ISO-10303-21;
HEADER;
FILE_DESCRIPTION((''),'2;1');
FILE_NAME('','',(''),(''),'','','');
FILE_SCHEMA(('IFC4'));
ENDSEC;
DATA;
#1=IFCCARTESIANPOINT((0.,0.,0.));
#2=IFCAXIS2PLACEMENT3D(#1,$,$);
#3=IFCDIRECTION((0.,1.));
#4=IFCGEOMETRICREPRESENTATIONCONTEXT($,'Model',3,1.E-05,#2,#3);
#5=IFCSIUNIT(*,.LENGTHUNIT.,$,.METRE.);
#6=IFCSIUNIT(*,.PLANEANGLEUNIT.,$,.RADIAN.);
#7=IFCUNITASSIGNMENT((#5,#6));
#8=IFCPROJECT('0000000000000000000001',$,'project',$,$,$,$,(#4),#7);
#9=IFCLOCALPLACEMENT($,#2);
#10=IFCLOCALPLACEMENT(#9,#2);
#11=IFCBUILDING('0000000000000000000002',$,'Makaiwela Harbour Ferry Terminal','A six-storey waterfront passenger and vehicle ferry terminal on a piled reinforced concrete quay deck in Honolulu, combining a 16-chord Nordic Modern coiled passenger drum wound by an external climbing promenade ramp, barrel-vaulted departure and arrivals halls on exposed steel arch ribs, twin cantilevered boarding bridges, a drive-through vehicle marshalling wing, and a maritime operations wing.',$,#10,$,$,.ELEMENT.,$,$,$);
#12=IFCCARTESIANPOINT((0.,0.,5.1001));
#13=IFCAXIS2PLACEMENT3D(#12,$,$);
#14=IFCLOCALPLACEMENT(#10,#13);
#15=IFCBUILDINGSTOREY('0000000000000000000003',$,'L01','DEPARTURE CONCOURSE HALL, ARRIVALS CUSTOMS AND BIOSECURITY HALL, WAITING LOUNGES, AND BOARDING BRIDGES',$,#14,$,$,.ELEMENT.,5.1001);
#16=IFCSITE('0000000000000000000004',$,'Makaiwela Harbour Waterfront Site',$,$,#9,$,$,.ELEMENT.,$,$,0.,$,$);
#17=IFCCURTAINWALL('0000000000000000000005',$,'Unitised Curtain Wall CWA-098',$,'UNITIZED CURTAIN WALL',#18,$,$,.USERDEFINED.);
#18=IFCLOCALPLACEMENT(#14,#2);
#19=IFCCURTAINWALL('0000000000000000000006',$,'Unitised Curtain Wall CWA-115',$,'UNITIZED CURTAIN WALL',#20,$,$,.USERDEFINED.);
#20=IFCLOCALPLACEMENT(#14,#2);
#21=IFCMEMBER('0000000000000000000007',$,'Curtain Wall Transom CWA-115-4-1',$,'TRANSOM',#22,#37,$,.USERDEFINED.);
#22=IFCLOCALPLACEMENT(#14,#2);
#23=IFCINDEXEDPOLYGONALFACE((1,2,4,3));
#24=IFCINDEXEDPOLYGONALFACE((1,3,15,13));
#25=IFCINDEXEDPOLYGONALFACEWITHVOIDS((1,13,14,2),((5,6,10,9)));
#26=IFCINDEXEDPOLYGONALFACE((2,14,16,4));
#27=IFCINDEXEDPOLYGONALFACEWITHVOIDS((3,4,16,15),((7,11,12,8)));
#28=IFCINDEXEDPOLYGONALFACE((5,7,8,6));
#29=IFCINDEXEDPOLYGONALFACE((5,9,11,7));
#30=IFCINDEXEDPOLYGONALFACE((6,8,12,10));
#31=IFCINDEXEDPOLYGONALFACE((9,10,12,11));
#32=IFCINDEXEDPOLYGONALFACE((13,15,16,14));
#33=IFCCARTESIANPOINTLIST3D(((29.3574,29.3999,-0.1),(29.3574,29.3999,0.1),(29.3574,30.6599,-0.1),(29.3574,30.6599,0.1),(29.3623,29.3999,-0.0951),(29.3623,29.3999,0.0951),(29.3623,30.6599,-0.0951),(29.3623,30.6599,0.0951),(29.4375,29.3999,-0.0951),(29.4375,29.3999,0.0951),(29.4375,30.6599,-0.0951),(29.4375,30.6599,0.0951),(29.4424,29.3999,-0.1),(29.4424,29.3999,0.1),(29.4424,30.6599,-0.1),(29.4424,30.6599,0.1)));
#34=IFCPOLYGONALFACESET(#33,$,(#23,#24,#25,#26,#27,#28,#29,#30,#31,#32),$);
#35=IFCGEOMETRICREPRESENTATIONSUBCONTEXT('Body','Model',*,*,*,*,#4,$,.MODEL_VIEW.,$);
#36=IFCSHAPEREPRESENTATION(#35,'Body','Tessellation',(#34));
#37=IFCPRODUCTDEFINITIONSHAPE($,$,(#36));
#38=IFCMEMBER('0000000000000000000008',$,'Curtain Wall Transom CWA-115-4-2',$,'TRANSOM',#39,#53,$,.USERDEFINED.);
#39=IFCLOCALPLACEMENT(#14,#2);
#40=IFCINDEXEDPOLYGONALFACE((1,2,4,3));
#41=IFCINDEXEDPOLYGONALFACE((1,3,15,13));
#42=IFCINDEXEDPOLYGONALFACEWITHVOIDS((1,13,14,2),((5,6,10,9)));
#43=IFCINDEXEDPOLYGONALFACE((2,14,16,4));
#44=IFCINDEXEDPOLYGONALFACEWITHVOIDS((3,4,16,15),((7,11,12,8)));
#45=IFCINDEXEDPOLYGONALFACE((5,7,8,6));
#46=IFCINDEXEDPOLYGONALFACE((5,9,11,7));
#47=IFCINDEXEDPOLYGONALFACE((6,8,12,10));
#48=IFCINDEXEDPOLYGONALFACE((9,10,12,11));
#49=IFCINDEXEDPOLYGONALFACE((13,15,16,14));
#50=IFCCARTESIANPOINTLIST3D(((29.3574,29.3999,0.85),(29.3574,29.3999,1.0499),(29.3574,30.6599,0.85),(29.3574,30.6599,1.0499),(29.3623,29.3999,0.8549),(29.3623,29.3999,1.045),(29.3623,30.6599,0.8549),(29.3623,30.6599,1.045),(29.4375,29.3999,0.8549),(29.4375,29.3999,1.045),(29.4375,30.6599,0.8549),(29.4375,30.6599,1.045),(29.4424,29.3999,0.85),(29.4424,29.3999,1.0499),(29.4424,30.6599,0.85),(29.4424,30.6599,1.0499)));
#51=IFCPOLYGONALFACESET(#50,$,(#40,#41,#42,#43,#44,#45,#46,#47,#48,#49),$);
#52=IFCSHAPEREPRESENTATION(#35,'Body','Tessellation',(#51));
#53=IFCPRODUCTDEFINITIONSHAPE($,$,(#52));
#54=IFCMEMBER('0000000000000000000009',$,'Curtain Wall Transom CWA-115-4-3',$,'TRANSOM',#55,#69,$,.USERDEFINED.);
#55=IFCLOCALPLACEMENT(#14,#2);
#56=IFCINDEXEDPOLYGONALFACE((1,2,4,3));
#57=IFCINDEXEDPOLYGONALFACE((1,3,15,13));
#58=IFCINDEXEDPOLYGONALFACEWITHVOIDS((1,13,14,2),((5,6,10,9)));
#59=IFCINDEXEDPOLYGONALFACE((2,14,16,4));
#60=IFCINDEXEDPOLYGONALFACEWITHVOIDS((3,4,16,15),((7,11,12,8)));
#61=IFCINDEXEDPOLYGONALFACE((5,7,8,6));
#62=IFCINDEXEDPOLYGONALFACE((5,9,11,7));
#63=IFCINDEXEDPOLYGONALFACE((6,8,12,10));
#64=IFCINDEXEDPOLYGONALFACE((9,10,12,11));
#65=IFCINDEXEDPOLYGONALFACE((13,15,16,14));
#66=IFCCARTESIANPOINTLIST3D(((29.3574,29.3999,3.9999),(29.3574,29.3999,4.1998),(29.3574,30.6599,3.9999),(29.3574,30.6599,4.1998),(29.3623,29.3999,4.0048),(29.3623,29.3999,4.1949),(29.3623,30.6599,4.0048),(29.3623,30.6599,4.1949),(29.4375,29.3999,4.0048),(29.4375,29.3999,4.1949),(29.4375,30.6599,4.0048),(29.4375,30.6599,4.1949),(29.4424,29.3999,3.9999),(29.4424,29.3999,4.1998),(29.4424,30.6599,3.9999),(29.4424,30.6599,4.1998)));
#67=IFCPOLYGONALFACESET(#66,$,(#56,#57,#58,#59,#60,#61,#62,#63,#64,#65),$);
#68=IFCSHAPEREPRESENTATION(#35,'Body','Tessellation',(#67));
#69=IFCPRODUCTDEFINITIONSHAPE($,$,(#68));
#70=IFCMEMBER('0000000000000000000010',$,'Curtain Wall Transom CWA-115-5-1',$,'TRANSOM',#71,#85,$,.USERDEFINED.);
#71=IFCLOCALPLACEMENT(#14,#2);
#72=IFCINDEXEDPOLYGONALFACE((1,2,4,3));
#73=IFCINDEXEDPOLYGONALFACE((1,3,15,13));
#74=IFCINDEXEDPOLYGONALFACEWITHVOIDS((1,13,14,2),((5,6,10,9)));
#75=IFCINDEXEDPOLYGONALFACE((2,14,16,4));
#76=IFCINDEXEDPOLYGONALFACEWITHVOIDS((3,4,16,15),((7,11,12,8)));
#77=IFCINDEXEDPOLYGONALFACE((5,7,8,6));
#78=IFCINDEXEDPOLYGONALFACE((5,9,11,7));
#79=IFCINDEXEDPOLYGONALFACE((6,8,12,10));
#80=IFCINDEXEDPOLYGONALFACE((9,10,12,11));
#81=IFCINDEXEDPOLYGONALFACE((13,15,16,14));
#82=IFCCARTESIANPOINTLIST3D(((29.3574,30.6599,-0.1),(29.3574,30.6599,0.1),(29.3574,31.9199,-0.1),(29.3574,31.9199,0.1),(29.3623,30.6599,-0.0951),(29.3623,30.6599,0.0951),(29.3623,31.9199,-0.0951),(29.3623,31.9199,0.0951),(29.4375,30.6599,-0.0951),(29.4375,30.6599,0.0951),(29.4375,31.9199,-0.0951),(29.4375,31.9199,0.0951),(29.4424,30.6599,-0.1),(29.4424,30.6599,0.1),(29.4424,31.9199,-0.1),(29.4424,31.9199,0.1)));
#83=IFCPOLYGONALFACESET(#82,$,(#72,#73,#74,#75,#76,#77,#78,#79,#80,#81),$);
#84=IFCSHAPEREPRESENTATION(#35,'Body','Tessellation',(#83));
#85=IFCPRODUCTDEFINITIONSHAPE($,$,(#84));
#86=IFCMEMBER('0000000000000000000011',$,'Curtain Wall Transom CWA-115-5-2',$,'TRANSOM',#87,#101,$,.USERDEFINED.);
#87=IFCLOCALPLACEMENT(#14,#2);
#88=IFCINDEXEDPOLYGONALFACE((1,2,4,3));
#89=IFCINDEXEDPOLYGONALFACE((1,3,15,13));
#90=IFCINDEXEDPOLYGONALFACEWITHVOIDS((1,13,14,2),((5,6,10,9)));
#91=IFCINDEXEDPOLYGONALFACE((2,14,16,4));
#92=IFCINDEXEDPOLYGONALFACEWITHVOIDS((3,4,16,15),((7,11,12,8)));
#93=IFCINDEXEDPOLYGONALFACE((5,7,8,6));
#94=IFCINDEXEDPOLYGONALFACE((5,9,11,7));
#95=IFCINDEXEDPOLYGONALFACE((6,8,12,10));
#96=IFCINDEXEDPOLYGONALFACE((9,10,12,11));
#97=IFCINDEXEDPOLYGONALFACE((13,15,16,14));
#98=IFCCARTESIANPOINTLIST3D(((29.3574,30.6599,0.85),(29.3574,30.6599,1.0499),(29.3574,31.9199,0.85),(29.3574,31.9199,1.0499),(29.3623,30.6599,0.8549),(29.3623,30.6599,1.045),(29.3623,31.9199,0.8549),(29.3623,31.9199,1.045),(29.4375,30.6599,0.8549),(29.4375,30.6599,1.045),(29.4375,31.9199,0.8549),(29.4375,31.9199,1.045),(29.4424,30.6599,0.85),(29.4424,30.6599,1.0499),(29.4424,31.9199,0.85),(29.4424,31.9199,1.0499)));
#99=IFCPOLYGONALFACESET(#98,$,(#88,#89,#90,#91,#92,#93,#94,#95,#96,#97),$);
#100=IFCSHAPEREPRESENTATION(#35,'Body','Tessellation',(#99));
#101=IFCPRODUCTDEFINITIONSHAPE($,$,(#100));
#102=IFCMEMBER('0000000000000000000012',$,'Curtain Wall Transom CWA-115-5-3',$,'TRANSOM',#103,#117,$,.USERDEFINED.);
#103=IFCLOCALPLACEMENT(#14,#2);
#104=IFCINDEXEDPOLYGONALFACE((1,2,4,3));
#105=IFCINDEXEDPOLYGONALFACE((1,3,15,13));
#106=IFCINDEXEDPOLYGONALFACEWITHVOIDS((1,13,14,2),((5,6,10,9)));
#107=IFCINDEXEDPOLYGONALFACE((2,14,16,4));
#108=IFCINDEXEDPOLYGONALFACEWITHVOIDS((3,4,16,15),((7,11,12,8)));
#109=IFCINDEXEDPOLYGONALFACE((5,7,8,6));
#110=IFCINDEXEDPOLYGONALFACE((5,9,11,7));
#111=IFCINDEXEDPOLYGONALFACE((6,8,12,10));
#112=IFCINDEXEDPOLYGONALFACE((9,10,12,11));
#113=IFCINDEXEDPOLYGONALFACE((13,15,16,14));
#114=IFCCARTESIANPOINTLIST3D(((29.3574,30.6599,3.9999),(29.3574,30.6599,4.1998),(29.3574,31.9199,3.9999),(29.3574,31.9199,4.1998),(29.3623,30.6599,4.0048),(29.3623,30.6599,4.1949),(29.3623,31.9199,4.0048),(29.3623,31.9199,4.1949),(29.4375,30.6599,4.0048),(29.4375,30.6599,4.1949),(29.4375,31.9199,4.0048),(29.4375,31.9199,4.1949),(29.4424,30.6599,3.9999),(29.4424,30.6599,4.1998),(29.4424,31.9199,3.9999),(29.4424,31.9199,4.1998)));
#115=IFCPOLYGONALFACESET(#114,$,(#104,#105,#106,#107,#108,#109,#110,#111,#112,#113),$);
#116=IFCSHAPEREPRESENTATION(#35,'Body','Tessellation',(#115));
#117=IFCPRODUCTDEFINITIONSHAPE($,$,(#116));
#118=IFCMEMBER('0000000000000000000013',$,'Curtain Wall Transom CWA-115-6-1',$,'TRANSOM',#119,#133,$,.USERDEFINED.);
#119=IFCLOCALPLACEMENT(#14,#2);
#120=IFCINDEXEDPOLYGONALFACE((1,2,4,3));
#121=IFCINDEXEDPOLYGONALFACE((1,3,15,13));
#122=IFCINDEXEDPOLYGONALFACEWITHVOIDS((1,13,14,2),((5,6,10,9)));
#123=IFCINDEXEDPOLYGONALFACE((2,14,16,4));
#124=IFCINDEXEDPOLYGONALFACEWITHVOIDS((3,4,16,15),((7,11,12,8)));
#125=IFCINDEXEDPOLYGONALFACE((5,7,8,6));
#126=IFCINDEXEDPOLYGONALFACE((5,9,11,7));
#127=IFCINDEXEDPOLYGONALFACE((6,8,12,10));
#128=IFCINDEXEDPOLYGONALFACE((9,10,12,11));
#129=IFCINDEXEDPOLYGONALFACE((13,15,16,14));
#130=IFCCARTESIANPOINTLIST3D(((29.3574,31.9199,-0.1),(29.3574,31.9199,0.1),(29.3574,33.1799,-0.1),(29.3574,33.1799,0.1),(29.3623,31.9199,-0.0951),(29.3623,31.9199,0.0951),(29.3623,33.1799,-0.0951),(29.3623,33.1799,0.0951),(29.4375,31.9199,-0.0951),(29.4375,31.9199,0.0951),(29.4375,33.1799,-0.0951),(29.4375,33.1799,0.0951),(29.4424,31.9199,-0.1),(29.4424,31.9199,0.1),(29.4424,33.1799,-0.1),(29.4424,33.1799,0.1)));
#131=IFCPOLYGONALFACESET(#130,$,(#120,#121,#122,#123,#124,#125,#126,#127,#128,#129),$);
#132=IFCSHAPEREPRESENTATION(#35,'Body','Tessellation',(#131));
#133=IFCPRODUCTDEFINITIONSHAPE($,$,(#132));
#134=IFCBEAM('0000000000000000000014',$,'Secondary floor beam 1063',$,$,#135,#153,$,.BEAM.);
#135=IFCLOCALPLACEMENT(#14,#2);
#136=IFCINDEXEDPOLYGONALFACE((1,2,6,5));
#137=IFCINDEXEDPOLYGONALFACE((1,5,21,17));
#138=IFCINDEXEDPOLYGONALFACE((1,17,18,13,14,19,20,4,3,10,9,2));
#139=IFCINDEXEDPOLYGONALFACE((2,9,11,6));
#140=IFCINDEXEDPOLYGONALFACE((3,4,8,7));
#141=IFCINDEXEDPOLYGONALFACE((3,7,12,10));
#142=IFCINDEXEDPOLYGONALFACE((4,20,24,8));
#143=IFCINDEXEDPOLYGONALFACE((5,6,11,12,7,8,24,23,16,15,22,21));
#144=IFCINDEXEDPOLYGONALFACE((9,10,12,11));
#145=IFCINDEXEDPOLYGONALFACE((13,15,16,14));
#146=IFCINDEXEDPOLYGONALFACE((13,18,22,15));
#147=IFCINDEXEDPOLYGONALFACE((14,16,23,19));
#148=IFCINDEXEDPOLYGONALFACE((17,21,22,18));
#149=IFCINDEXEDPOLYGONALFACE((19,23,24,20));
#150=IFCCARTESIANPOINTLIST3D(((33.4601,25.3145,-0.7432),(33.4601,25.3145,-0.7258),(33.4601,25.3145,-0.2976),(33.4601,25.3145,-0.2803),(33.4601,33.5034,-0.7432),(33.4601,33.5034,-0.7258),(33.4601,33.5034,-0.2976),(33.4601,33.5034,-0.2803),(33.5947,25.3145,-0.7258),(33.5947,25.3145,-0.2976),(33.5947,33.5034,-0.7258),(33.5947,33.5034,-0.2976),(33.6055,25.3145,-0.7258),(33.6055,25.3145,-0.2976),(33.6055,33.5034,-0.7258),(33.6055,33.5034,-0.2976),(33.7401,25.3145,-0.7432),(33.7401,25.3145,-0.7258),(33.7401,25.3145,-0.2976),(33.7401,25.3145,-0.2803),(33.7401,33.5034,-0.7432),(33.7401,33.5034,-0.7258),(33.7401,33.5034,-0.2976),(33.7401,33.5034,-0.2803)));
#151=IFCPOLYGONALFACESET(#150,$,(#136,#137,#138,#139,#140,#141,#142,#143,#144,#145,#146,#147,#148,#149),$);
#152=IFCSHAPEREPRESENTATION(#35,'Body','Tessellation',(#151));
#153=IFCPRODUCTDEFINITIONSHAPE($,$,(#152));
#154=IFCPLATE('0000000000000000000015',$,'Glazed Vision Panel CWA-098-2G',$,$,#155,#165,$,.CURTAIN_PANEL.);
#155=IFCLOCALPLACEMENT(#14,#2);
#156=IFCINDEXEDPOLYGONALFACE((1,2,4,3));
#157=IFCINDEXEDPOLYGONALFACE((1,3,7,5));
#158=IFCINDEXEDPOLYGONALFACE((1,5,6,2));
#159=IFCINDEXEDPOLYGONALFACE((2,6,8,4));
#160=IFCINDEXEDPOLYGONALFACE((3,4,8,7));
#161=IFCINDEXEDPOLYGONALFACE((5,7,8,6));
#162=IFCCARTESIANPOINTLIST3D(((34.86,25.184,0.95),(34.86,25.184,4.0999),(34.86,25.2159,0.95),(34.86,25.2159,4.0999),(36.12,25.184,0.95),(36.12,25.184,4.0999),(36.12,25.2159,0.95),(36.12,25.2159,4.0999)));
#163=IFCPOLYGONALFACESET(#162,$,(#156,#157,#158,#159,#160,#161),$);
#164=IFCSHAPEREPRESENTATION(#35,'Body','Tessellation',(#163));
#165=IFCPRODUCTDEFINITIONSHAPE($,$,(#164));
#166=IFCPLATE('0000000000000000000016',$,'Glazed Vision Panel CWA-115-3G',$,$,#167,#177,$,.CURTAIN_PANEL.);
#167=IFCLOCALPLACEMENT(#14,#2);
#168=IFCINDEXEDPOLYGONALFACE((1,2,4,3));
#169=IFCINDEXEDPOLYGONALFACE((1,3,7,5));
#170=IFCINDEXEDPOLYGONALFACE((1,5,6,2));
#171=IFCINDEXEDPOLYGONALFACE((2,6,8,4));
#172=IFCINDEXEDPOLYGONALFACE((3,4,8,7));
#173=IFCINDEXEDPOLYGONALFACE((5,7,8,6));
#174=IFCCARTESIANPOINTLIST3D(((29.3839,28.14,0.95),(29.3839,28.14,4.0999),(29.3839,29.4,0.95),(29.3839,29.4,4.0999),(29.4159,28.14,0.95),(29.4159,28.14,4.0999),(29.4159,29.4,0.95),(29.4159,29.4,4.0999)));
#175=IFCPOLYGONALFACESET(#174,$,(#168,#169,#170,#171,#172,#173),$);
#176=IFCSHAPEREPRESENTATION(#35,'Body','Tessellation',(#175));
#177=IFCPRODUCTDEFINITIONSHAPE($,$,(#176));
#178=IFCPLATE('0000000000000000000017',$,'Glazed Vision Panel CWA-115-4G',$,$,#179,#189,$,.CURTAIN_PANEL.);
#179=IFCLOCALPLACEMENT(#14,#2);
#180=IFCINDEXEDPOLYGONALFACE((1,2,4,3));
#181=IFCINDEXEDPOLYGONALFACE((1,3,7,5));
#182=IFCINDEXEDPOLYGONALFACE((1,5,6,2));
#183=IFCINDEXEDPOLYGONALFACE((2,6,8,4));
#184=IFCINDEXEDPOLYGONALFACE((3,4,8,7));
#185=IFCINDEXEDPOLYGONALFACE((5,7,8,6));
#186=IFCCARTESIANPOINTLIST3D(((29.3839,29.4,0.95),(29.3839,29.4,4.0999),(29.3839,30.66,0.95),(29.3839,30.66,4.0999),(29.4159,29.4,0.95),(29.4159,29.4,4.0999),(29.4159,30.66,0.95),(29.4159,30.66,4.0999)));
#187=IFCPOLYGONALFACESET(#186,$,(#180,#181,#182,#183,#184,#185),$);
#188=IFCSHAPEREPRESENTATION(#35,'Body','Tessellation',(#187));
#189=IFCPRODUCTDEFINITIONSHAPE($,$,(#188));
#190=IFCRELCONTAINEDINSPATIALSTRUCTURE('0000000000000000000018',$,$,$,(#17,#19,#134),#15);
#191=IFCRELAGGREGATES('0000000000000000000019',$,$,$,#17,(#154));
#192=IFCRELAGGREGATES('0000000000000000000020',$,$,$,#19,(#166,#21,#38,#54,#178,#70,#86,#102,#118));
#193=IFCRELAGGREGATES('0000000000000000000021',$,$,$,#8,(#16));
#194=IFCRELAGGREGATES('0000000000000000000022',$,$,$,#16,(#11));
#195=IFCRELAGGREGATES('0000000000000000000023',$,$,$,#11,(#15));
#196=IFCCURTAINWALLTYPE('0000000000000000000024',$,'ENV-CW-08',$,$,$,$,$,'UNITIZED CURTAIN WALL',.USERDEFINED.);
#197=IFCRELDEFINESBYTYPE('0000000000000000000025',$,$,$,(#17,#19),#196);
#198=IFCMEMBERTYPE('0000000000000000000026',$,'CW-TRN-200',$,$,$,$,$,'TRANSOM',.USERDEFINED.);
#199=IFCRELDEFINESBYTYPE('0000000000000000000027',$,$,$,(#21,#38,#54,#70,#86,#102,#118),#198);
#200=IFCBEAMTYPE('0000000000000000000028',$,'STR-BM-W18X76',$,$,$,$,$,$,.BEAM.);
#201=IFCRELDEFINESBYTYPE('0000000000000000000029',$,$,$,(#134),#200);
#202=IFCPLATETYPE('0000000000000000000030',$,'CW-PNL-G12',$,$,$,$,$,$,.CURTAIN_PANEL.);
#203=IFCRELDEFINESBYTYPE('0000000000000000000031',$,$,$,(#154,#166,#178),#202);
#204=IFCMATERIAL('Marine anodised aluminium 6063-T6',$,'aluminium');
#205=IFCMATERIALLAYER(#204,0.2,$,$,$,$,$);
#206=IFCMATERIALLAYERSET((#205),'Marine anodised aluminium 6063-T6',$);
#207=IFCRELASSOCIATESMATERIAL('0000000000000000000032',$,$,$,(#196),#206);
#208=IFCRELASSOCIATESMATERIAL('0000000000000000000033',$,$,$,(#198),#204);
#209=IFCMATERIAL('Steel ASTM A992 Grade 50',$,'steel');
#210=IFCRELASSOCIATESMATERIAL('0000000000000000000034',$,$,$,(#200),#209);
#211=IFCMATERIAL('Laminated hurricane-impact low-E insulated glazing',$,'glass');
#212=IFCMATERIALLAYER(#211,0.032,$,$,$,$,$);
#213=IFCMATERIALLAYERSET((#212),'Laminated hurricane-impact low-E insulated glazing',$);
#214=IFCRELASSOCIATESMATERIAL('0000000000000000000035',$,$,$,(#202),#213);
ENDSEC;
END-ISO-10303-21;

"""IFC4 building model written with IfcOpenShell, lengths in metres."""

from ifc_helpers import new_model, si_unit, direction, frame, origin, origin_2d, place, context, subcontext, project, spatial, rectangle, hollow_rectangle, i_section, extrude, material, layer, layer_set, material_profile, profile_set, type_object, element, aggregate, save


model = new_model("IFC4")

# Units and contexts
model_context = context("Model", 3, precision=1e-05, world=origin(), true_north=direction((0.0, 1.0)))
body_context = subcontext(model_context, "Body", "Model", "MODEL_VIEW")
ifc_project = project(units=[si_unit("LENGTHUNIT", "METRE"), si_unit("PLANEANGLEUNIT", "RADIAN")], contexts=[model_context])

# Site, building, storey
site_placement = place(None, origin())
site = spatial("IfcSite", under=ifc_project, at=site_placement, Name="Makaiwela Harbour Waterfront Site", CompositionType="ELEMENT", RefElevation=0.0)
building_placement = place(site_placement, origin())
building = spatial("IfcBuilding", under=site, at=building_placement, Name="Makaiwela Harbour Ferry Terminal", Description="A six-storey waterfront passenger and vehicle ferry terminal on a piled reinforced concrete quay deck in Honolulu, combining a 16-chord Nordic Modern coiled passenger drum wound by an external climbing promenade ramp, barrel-vaulted departure and arrivals halls on exposed steel arch ribs, twin cantilevered boarding bridges, a drive-through vehicle marshalling wing, and a maritime operations wing.", CompositionType="ELEMENT")
storey_placement = place(building_placement, frame((0.0, 0.0, 5.1001)))
storey = spatial("IfcBuildingStorey", under=building, at=storey_placement, Name="L01", Description="DEPARTURE CONCOURSE HALL, ARRIVALS CUSTOMS AND BIOSECURITY HALL, WAITING LOUNGES, AND BOARDING BRIDGES", CompositionType="ELEMENT", Elevation=5.1001)

# Curtain wall
ifc_material_1 = material(Name="Marine anodised aluminium 6063-T6", Category="aluminium")
ifc_layer_1 = layer(ifc_material_1, 0.2)
ifc_layer_set_1 = layer_set([ifc_layer_1], Name="Marine anodised aluminium 6063-T6")
curtain_wall_type = type_object("IfcCurtainWallType", Name="ENV-CW-08", ElementType="UNITIZED CURTAIN WALL", PredefinedType="USERDEFINED", material=ifc_layer_set_1)
curtain_wall_1_placement = place(storey_placement, origin())
curtain_wall_1 = element("IfcCurtainWall", 1, at=curtain_wall_1_placement, inside=storey, type_object=curtain_wall_type, Name="Unitised Curtain Wall CWA-098", ObjectType="UNITIZED CURTAIN WALL", PredefinedType="USERDEFINED")

# Curtain wall
curtain_wall_2_placement = place(storey_placement, origin())
curtain_wall_2 = element("IfcCurtainWall", 2, at=curtain_wall_2_placement, inside=storey, type_object=curtain_wall_type, Name="Unitised Curtain Wall CWA-115", ObjectType="UNITIZED CURTAIN WALL", PredefinedType="USERDEFINED")

# Members
ifc_material_profile_1 = material_profile(ifc_material_1, hollow_rectangle(XDim=0.085, YDim=0.2, WallThickness=0.0049, at=origin_2d()), Name="CWT-200X85")
ifc_profile_set_1 = profile_set([ifc_material_profile_1], Name="Marine anodised aluminium 6063-T6")
member_type_1 = type_object("IfcMemberType", Name="CW-TRN-200", ElementType="TRANSOM", PredefinedType="USERDEFINED", material=ifc_profile_set_1)
member_1_placement = place(storey_placement, frame((29.3999, 29.3999, 0.0), z_axis=(0.0, 1.0, 0.0), x_axis=(-1.0, 0.0, 0.0)))
member_1 = element("IfcMember", 3, at=member_1_placement, type_object=member_type_1, Name="Curtain Wall Transom CWA-115-4-1", ObjectType="TRANSOM", PredefinedType="USERDEFINED", context=body_context, shape_type="SweptSolid", body=[
    extrude(hollow_rectangle(XDim=0.085, YDim=0.2, WallThickness=0.0049, at=origin_2d()), origin(), (0.0, 0.0, 1.0), 1.26),
])
member_2_placement = place(storey_placement, frame((29.3999, 29.3999, 0.95), z_axis=(0.0, 1.0, 0.0), x_axis=(-1.0, 0.0, 0.0)))
member_2 = element("IfcMember", 4, at=member_2_placement, type_object=member_type_1, Name="Curtain Wall Transom CWA-115-4-2", ObjectType="TRANSOM", PredefinedType="USERDEFINED", context=body_context, shape_type="SweptSolid", body=[
    extrude(hollow_rectangle(XDim=0.085, YDim=0.2, WallThickness=0.0049, at=origin_2d()), origin(), (0.0, 0.0, 1.0), 1.26),
])
member_3_placement = place(storey_placement, frame((29.3999, 29.3999, 4.0999), z_axis=(0.0, 1.0, 0.0), x_axis=(-1.0, 0.0, 0.0)))
member_3 = element("IfcMember", 5, at=member_3_placement, type_object=member_type_1, Name="Curtain Wall Transom CWA-115-4-3", ObjectType="TRANSOM", PredefinedType="USERDEFINED", context=body_context, shape_type="SweptSolid", body=[
    extrude(hollow_rectangle(XDim=0.085, YDim=0.2, WallThickness=0.0049, at=origin_2d()), origin(), (0.0, 0.0, 1.0), 1.26),
])
member_4_placement = place(storey_placement, frame((29.3999, 30.6599, 0.0), z_axis=(0.0, 1.0, 0.0), x_axis=(-1.0, 0.0, 0.0)))
member_4 = element("IfcMember", 6, at=member_4_placement, type_object=member_type_1, Name="Curtain Wall Transom CWA-115-5-1", ObjectType="TRANSOM", PredefinedType="USERDEFINED", context=body_context, shape_type="SweptSolid", body=[
    extrude(hollow_rectangle(XDim=0.085, YDim=0.2, WallThickness=0.0049, at=origin_2d()), origin(), (0.0, 0.0, 1.0), 1.26),
])
member_5_placement = place(storey_placement, frame((29.3999, 30.6599, 0.95), z_axis=(0.0, 1.0, 0.0), x_axis=(-1.0, 0.0, 0.0)))
member_5 = element("IfcMember", 7, at=member_5_placement, type_object=member_type_1, Name="Curtain Wall Transom CWA-115-5-2", ObjectType="TRANSOM", PredefinedType="USERDEFINED", context=body_context, shape_type="SweptSolid", body=[
    extrude(hollow_rectangle(XDim=0.085, YDim=0.2, WallThickness=0.0049, at=origin_2d()), origin(), (0.0, 0.0, 1.0), 1.26),
])
member_6_placement = place(storey_placement, frame((29.3999, 30.6599, 4.0999), z_axis=(0.0, 1.0, 0.0), x_axis=(-1.0, 0.0, 0.0)))
member_6 = element("IfcMember", 8, at=member_6_placement, type_object=member_type_1, Name="Curtain Wall Transom CWA-115-5-3", ObjectType="TRANSOM", PredefinedType="USERDEFINED", context=body_context, shape_type="SweptSolid", body=[
    extrude(hollow_rectangle(XDim=0.085, YDim=0.2, WallThickness=0.0049, at=origin_2d()), origin(), (0.0, 0.0, 1.0), 1.26),
])
member_7_placement = place(storey_placement, frame((29.3999, 31.9199, 0.0), z_axis=(0.0, 1.0, 0.0), x_axis=(-1.0, 0.0, 0.0)))
member_7 = element("IfcMember", 9, at=member_7_placement, type_object=member_type_1, Name="Curtain Wall Transom CWA-115-6-1", ObjectType="TRANSOM", PredefinedType="USERDEFINED", context=body_context, shape_type="SweptSolid", body=[
    extrude(hollow_rectangle(XDim=0.085, YDim=0.2, WallThickness=0.0049, at=origin_2d()), origin(), (0.0, 0.0, 1.0), 1.26),
])

# Beam
ifc_material_2 = material(Name="Steel ASTM A992 Grade 50", Category="steel")
ifc_material_profile_2 = material_profile(ifc_material_2, i_section(OverallWidth=0.28, OverallDepth=0.4629, WebThickness=0.0107, FlangeThickness=0.0173, at=origin_2d()), Name="W18X76")
ifc_profile_set_2 = profile_set([ifc_material_profile_2], Name="Steel ASTM A992 Grade 50")
beam_type = type_object("IfcBeamType", Name="STR-BM-W18X76", PredefinedType="BEAM", material=ifc_profile_set_2)
beam_placement = place(storey_placement, frame((33.6001, 25.3145, -0.5117), z_axis=(0.0, 1.0, 0.0), x_axis=(-1.0, 0.0, 0.0)))
element("IfcBeam", 10, at=beam_placement, inside=storey, type_object=beam_type, Name="Secondary floor beam 1063", PredefinedType="BEAM", context=body_context, shape_type="SweptSolid", body=[
    extrude(i_section(OverallWidth=0.28, OverallDepth=0.4629, WebThickness=0.0107, FlangeThickness=0.0173, at=origin_2d()), origin(), (0.0, 0.0, 1.0), 8.189),
])

# Plates
ifc_material_3 = material(Name="Laminated hurricane-impact low-E insulated glazing", Category="glass")
ifc_layer_2 = layer(ifc_material_3, 0.032)
ifc_layer_set_2 = layer_set([ifc_layer_2], Name="Laminated hurricane-impact low-E insulated glazing")
plate_type_1 = type_object("IfcPlateType", Name="CW-PNL-G12", PredefinedType="CURTAIN_PANEL", material=ifc_layer_set_2)
plate_1_placement = place(storey_placement, frame((35.49, 25.2, 0.95), z_axis=(0.0, 0.0, 1.0), x_axis=(-1.0, 0.0, 0.0)))
plate_1 = element("IfcPlate", 11, at=plate_1_placement, type_object=plate_type_1, Name="Glazed Vision Panel CWA-098-2G", PredefinedType="CURTAIN_PANEL", context=body_context, shape_type="SweptSolid", body=[
    extrude(rectangle(XDim=1.26, YDim=0.032, at=origin_2d()), origin(), (0.0, 0.0, 1.0), 3.1499),
])
plate_2_placement = place(storey_placement, frame((29.3999, 28.77, 0.95), z_axis=(0.0, 0.0, 1.0), x_axis=(0.0, 1.0, 0.0)))
plate_2 = element("IfcPlate", 12, at=plate_2_placement, type_object=plate_type_1, Name="Glazed Vision Panel CWA-115-3G", PredefinedType="CURTAIN_PANEL", context=body_context, shape_type="SweptSolid", body=[
    extrude(rectangle(XDim=1.26, YDim=0.032, at=origin_2d()), origin(), (0.0, 0.0, 1.0), 3.1499),
])
plate_3_placement = place(storey_placement, frame((29.3999, 30.03, 0.95), z_axis=(0.0, 0.0, 1.0), x_axis=(0.0, 1.0, 0.0)))
plate_3 = element("IfcPlate", 13, at=plate_3_placement, type_object=plate_type_1, Name="Glazed Vision Panel CWA-115-4G", PredefinedType="CURTAIN_PANEL", context=body_context, shape_type="SweptSolid", body=[
    extrude(rectangle(XDim=1.26, YDim=0.032, at=origin_2d()), origin(), (0.0, 0.0, 1.0), 3.1499),
])
aggregate(curtain_wall_1, [plate_1])
aggregate(curtain_wall_2, [plate_2, member_1, member_2, member_3, plate_3, member_4, member_5, member_6, member_7])

save(model, "model.ifc")
